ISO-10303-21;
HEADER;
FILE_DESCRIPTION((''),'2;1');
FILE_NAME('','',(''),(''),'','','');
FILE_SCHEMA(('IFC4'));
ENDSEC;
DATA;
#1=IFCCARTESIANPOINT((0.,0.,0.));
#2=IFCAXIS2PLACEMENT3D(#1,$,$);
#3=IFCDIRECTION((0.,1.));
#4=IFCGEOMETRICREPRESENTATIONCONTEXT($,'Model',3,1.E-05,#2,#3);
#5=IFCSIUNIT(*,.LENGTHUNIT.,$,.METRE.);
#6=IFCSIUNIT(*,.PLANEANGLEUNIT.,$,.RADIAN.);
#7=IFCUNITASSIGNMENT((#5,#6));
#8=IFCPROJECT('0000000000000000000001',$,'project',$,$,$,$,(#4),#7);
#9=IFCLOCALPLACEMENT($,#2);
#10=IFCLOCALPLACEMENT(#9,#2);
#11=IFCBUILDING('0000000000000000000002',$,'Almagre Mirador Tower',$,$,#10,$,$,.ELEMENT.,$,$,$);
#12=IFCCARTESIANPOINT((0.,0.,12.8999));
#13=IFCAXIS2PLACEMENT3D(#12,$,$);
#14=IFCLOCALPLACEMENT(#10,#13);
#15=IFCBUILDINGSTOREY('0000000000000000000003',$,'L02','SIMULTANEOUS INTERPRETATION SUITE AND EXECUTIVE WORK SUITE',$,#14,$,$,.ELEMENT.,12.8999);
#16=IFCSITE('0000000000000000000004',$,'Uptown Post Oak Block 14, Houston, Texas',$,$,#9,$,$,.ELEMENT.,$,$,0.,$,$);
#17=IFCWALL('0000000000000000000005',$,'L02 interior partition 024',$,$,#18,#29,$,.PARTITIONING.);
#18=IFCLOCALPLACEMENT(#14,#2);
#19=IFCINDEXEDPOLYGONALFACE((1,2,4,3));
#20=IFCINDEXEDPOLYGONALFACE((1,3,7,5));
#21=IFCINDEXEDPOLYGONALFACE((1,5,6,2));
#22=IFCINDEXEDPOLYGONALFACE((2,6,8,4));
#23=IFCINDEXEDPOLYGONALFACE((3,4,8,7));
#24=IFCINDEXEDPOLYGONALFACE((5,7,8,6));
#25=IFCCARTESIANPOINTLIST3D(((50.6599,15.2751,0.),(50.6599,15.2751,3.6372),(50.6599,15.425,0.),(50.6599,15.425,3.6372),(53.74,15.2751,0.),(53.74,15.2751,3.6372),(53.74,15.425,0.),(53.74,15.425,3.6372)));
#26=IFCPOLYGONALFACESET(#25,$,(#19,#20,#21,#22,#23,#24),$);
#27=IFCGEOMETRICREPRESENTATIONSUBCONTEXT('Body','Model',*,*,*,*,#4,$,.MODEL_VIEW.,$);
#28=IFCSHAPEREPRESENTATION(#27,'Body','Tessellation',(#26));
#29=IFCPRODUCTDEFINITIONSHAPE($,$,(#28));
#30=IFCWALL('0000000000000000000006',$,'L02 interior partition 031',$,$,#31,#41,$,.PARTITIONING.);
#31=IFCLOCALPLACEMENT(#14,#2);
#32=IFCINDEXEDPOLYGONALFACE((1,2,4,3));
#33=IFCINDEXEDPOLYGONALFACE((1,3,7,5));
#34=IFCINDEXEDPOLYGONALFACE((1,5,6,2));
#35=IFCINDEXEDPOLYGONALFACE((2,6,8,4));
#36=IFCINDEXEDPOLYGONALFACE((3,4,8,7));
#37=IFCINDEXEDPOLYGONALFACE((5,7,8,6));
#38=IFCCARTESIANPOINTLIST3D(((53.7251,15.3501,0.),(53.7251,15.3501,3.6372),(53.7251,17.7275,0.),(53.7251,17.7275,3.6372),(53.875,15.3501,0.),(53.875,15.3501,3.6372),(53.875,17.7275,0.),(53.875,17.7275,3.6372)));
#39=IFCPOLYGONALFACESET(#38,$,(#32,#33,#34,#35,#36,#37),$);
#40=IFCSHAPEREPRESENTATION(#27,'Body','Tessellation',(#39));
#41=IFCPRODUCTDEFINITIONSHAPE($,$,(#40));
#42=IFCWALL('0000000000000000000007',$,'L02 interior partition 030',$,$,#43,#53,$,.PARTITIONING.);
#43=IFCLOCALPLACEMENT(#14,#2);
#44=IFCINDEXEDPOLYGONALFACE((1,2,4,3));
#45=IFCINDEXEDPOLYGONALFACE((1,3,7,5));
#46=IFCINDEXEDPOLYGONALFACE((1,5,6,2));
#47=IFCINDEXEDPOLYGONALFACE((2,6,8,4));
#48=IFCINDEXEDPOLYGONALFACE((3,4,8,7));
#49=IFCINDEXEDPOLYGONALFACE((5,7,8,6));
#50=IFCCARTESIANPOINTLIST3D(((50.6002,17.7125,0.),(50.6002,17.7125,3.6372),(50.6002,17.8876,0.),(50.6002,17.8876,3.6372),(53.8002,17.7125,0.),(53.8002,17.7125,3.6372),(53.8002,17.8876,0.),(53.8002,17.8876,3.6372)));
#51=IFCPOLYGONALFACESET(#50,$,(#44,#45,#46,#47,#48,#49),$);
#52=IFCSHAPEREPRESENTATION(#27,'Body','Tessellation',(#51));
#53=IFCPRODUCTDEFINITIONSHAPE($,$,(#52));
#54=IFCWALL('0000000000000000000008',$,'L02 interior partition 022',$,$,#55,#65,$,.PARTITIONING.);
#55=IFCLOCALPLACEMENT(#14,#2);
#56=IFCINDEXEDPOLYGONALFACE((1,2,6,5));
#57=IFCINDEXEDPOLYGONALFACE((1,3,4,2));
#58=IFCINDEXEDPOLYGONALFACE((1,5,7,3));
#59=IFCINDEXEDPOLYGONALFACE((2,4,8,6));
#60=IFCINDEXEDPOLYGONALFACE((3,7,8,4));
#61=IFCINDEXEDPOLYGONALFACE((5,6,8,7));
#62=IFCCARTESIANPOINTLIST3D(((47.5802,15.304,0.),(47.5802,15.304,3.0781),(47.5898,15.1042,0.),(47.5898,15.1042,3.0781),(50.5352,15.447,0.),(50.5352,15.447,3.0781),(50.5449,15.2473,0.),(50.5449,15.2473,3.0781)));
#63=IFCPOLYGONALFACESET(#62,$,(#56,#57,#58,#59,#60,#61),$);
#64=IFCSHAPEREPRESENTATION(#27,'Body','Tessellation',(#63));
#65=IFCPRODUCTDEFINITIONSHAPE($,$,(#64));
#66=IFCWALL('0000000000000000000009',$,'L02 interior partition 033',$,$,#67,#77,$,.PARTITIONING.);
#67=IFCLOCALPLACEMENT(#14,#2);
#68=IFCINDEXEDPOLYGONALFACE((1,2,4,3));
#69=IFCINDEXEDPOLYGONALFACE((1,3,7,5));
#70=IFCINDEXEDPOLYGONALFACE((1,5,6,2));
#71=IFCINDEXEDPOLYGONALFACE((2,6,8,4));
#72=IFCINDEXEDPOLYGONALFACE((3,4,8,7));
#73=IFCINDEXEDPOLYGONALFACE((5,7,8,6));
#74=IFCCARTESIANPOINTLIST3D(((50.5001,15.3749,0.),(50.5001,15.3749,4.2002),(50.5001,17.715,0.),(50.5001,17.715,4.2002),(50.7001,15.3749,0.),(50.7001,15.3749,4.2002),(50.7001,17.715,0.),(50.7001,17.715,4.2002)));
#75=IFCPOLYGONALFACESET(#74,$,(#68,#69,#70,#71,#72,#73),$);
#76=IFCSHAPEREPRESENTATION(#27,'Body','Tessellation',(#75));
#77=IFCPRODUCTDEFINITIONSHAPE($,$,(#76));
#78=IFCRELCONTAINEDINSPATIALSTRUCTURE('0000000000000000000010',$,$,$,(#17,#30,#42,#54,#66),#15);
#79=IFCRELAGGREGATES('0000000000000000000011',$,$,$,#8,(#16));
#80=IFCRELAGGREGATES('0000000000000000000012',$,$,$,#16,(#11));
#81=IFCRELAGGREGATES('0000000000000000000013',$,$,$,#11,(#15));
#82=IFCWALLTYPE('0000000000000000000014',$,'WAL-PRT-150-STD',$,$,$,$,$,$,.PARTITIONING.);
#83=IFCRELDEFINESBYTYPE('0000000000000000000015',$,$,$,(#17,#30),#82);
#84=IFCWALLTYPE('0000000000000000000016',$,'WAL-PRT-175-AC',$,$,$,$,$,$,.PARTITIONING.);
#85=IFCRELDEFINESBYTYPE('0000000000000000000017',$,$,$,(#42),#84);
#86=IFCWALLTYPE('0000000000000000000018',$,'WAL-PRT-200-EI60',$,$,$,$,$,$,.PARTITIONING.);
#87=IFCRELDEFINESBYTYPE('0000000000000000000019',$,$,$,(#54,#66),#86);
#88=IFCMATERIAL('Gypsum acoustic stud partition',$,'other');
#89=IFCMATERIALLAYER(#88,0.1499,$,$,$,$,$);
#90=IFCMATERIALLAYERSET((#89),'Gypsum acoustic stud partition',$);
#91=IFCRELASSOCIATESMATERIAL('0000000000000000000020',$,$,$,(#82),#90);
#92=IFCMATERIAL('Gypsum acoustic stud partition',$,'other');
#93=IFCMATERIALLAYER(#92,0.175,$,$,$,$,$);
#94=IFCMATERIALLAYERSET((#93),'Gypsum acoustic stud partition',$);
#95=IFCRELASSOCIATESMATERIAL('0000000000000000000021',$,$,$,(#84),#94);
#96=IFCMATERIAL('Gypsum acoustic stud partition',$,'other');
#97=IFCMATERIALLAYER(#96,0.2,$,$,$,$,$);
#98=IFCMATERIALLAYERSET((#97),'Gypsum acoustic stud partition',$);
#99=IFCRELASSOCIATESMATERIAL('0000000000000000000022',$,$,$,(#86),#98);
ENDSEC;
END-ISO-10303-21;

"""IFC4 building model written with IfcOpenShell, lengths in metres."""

from ifc_helpers import new_model, si_unit, direction, frame, frame_2d, origin, place, context, subcontext, project, spatial, rectangle, extrude, material, layer, layer_set, type_object, element, save


model = new_model("IFC4")

# Units and contexts
model_context = context("Model", 3, precision=1e-05, world=origin(), true_north=direction((0.0, 1.0)))
body_context = subcontext(model_context, "Body", "Model", "MODEL_VIEW")
ifc_project = project(units=[si_unit("LENGTHUNIT", "METRE"), si_unit("PLANEANGLEUNIT", "RADIAN")], contexts=[model_context])

# Site, building, storey
site_placement = place(None, origin())
site = spatial("IfcSite", under=ifc_project, at=site_placement, Name="Uptown Post Oak Block 14, Houston, Texas", CompositionType="ELEMENT", RefElevation=0.0)
building_placement = place(site_placement, origin())
building = spatial("IfcBuilding", under=site, at=building_placement, Name="Almagre Mirador Tower", CompositionType="ELEMENT")
storey_placement = place(building_placement, frame((0.0, 0.0, 12.8999)))
storey = spatial("IfcBuildingStorey", under=building, at=storey_placement, Name="L02", Description="SIMULTANEOUS INTERPRETATION SUITE AND EXECUTIVE WORK SUITE", CompositionType="ELEMENT", Elevation=12.8999)

# Walls
ifc_material_1 = material(Name="Gypsum acoustic stud partition", Category="other")
ifc_layer_1 = layer(ifc_material_1, 0.1499)
ifc_layer_set_1 = layer_set([ifc_layer_1], Name="Gypsum acoustic stud partition")
wall_type_1 = type_object("IfcWallType", Name="WAL-PRT-150-STD", PredefinedType="PARTITIONING", material=ifc_layer_set_1)
wall_1_placement = place(storey_placement, frame((53.74, 15.3501, 0.0), z_axis=(0.0, 0.0, 1.0), x_axis=(-1.0, 0.0, 0.0)))
element("IfcWall", 1, at=wall_1_placement, inside=storey, type_object=wall_type_1, Name="L02 interior partition 024", PredefinedType="PARTITIONING", context=body_context, shape_type="SweptSolid", body=[
    extrude(rectangle(XDim=3.0801, YDim=0.1499, at=frame_2d((1.54, 0.0))), origin(), (0.0, 0.0, 1.0), 3.6372),
])
wall_2_placement = place(storey_placement, frame((53.8, 17.7275, 0.0), z_axis=(0.0, 0.0, 1.0), x_axis=(0.0, -1.0, 0.0)))
element("IfcWall", 2, at=wall_2_placement, inside=storey, type_object=wall_type_1, Name="L02 interior partition 031", PredefinedType="PARTITIONING", context=body_context, shape_type="SweptSolid", body=[
    extrude(rectangle(XDim=2.3774, YDim=0.1499, at=frame_2d((1.1887, 0.0))), origin(), (0.0, 0.0, 1.0), 3.6372),
])
ifc_material_2 = material(Name="Gypsum acoustic stud partition", Category="other")
ifc_layer_2 = layer(ifc_material_2, 0.175)
ifc_layer_set_2 = layer_set([ifc_layer_2], Name="Gypsum acoustic stud partition")
wall_type_2 = type_object("IfcWallType", Name="WAL-PRT-175-AC", PredefinedType="PARTITIONING", material=ifc_layer_set_2)
wall_3_placement = place(storey_placement, frame((50.6001, 17.8, 0.0), z_axis=(0.0, 0.0, 1.0), x_axis=(1.0, 0.0, 0.0)))
element("IfcWall", 3, at=wall_3_placement, inside=storey, type_object=wall_type_2, Name="L02 interior partition 030", PredefinedType="PARTITIONING", context=body_context, shape_type="SweptSolid", body=[
    extrude(rectangle(XDim=3.2, YDim=0.175, at=frame_2d((1.6001, 0.0))), origin(), (0.0, 0.0, 1.0), 3.6372),
])
ifc_material_3 = material(Name="Gypsum acoustic stud partition", Category="other")
ifc_layer_3 = layer(ifc_material_3, 0.2)
ifc_layer_set_3 = layer_set([ifc_layer_3], Name="Gypsum acoustic stud partition")
wall_type_3 = type_object("IfcWallType", Name="WAL-PRT-200-EI60", PredefinedType="PARTITIONING", material=ifc_layer_set_3)
wall_4_placement = place(storey_placement, frame((50.54, 15.3472, 0.0), z_axis=(0.0, 0.0, 1.0), x_axis=(-0.99883, -0.048357, 0.0)))
element("IfcWall", 4, at=wall_4_placement, inside=storey, type_object=wall_type_3, Name="L02 interior partition 022", PredefinedType="PARTITIONING", context=body_context, shape_type="SweptSolid", body=[
    extrude(rectangle(XDim=2.9585, YDim=0.2, at=frame_2d((1.4792, 0.0))), origin(), (0.0, 0.0, 1.0), 3.0781),
])
wall_5_placement = place(storey_placement, frame((50.6001, 15.375, 0.0), z_axis=(0.0, 0.0, 1.0), x_axis=(0.0, 1.0, 0.0)))
element("IfcWall", 5, at=wall_5_placement, inside=storey, type_object=wall_type_3, Name="L02 interior partition 033", PredefinedType="PARTITIONING", context=body_context, shape_type="SweptSolid", body=[
    extrude(rectangle(XDim=2.3401, YDim=0.2, at=frame_2d((1.1699, 0.0))), origin(), (0.0, 0.0, 1.0), 4.2002),
])

save(model, "model.ifc")
